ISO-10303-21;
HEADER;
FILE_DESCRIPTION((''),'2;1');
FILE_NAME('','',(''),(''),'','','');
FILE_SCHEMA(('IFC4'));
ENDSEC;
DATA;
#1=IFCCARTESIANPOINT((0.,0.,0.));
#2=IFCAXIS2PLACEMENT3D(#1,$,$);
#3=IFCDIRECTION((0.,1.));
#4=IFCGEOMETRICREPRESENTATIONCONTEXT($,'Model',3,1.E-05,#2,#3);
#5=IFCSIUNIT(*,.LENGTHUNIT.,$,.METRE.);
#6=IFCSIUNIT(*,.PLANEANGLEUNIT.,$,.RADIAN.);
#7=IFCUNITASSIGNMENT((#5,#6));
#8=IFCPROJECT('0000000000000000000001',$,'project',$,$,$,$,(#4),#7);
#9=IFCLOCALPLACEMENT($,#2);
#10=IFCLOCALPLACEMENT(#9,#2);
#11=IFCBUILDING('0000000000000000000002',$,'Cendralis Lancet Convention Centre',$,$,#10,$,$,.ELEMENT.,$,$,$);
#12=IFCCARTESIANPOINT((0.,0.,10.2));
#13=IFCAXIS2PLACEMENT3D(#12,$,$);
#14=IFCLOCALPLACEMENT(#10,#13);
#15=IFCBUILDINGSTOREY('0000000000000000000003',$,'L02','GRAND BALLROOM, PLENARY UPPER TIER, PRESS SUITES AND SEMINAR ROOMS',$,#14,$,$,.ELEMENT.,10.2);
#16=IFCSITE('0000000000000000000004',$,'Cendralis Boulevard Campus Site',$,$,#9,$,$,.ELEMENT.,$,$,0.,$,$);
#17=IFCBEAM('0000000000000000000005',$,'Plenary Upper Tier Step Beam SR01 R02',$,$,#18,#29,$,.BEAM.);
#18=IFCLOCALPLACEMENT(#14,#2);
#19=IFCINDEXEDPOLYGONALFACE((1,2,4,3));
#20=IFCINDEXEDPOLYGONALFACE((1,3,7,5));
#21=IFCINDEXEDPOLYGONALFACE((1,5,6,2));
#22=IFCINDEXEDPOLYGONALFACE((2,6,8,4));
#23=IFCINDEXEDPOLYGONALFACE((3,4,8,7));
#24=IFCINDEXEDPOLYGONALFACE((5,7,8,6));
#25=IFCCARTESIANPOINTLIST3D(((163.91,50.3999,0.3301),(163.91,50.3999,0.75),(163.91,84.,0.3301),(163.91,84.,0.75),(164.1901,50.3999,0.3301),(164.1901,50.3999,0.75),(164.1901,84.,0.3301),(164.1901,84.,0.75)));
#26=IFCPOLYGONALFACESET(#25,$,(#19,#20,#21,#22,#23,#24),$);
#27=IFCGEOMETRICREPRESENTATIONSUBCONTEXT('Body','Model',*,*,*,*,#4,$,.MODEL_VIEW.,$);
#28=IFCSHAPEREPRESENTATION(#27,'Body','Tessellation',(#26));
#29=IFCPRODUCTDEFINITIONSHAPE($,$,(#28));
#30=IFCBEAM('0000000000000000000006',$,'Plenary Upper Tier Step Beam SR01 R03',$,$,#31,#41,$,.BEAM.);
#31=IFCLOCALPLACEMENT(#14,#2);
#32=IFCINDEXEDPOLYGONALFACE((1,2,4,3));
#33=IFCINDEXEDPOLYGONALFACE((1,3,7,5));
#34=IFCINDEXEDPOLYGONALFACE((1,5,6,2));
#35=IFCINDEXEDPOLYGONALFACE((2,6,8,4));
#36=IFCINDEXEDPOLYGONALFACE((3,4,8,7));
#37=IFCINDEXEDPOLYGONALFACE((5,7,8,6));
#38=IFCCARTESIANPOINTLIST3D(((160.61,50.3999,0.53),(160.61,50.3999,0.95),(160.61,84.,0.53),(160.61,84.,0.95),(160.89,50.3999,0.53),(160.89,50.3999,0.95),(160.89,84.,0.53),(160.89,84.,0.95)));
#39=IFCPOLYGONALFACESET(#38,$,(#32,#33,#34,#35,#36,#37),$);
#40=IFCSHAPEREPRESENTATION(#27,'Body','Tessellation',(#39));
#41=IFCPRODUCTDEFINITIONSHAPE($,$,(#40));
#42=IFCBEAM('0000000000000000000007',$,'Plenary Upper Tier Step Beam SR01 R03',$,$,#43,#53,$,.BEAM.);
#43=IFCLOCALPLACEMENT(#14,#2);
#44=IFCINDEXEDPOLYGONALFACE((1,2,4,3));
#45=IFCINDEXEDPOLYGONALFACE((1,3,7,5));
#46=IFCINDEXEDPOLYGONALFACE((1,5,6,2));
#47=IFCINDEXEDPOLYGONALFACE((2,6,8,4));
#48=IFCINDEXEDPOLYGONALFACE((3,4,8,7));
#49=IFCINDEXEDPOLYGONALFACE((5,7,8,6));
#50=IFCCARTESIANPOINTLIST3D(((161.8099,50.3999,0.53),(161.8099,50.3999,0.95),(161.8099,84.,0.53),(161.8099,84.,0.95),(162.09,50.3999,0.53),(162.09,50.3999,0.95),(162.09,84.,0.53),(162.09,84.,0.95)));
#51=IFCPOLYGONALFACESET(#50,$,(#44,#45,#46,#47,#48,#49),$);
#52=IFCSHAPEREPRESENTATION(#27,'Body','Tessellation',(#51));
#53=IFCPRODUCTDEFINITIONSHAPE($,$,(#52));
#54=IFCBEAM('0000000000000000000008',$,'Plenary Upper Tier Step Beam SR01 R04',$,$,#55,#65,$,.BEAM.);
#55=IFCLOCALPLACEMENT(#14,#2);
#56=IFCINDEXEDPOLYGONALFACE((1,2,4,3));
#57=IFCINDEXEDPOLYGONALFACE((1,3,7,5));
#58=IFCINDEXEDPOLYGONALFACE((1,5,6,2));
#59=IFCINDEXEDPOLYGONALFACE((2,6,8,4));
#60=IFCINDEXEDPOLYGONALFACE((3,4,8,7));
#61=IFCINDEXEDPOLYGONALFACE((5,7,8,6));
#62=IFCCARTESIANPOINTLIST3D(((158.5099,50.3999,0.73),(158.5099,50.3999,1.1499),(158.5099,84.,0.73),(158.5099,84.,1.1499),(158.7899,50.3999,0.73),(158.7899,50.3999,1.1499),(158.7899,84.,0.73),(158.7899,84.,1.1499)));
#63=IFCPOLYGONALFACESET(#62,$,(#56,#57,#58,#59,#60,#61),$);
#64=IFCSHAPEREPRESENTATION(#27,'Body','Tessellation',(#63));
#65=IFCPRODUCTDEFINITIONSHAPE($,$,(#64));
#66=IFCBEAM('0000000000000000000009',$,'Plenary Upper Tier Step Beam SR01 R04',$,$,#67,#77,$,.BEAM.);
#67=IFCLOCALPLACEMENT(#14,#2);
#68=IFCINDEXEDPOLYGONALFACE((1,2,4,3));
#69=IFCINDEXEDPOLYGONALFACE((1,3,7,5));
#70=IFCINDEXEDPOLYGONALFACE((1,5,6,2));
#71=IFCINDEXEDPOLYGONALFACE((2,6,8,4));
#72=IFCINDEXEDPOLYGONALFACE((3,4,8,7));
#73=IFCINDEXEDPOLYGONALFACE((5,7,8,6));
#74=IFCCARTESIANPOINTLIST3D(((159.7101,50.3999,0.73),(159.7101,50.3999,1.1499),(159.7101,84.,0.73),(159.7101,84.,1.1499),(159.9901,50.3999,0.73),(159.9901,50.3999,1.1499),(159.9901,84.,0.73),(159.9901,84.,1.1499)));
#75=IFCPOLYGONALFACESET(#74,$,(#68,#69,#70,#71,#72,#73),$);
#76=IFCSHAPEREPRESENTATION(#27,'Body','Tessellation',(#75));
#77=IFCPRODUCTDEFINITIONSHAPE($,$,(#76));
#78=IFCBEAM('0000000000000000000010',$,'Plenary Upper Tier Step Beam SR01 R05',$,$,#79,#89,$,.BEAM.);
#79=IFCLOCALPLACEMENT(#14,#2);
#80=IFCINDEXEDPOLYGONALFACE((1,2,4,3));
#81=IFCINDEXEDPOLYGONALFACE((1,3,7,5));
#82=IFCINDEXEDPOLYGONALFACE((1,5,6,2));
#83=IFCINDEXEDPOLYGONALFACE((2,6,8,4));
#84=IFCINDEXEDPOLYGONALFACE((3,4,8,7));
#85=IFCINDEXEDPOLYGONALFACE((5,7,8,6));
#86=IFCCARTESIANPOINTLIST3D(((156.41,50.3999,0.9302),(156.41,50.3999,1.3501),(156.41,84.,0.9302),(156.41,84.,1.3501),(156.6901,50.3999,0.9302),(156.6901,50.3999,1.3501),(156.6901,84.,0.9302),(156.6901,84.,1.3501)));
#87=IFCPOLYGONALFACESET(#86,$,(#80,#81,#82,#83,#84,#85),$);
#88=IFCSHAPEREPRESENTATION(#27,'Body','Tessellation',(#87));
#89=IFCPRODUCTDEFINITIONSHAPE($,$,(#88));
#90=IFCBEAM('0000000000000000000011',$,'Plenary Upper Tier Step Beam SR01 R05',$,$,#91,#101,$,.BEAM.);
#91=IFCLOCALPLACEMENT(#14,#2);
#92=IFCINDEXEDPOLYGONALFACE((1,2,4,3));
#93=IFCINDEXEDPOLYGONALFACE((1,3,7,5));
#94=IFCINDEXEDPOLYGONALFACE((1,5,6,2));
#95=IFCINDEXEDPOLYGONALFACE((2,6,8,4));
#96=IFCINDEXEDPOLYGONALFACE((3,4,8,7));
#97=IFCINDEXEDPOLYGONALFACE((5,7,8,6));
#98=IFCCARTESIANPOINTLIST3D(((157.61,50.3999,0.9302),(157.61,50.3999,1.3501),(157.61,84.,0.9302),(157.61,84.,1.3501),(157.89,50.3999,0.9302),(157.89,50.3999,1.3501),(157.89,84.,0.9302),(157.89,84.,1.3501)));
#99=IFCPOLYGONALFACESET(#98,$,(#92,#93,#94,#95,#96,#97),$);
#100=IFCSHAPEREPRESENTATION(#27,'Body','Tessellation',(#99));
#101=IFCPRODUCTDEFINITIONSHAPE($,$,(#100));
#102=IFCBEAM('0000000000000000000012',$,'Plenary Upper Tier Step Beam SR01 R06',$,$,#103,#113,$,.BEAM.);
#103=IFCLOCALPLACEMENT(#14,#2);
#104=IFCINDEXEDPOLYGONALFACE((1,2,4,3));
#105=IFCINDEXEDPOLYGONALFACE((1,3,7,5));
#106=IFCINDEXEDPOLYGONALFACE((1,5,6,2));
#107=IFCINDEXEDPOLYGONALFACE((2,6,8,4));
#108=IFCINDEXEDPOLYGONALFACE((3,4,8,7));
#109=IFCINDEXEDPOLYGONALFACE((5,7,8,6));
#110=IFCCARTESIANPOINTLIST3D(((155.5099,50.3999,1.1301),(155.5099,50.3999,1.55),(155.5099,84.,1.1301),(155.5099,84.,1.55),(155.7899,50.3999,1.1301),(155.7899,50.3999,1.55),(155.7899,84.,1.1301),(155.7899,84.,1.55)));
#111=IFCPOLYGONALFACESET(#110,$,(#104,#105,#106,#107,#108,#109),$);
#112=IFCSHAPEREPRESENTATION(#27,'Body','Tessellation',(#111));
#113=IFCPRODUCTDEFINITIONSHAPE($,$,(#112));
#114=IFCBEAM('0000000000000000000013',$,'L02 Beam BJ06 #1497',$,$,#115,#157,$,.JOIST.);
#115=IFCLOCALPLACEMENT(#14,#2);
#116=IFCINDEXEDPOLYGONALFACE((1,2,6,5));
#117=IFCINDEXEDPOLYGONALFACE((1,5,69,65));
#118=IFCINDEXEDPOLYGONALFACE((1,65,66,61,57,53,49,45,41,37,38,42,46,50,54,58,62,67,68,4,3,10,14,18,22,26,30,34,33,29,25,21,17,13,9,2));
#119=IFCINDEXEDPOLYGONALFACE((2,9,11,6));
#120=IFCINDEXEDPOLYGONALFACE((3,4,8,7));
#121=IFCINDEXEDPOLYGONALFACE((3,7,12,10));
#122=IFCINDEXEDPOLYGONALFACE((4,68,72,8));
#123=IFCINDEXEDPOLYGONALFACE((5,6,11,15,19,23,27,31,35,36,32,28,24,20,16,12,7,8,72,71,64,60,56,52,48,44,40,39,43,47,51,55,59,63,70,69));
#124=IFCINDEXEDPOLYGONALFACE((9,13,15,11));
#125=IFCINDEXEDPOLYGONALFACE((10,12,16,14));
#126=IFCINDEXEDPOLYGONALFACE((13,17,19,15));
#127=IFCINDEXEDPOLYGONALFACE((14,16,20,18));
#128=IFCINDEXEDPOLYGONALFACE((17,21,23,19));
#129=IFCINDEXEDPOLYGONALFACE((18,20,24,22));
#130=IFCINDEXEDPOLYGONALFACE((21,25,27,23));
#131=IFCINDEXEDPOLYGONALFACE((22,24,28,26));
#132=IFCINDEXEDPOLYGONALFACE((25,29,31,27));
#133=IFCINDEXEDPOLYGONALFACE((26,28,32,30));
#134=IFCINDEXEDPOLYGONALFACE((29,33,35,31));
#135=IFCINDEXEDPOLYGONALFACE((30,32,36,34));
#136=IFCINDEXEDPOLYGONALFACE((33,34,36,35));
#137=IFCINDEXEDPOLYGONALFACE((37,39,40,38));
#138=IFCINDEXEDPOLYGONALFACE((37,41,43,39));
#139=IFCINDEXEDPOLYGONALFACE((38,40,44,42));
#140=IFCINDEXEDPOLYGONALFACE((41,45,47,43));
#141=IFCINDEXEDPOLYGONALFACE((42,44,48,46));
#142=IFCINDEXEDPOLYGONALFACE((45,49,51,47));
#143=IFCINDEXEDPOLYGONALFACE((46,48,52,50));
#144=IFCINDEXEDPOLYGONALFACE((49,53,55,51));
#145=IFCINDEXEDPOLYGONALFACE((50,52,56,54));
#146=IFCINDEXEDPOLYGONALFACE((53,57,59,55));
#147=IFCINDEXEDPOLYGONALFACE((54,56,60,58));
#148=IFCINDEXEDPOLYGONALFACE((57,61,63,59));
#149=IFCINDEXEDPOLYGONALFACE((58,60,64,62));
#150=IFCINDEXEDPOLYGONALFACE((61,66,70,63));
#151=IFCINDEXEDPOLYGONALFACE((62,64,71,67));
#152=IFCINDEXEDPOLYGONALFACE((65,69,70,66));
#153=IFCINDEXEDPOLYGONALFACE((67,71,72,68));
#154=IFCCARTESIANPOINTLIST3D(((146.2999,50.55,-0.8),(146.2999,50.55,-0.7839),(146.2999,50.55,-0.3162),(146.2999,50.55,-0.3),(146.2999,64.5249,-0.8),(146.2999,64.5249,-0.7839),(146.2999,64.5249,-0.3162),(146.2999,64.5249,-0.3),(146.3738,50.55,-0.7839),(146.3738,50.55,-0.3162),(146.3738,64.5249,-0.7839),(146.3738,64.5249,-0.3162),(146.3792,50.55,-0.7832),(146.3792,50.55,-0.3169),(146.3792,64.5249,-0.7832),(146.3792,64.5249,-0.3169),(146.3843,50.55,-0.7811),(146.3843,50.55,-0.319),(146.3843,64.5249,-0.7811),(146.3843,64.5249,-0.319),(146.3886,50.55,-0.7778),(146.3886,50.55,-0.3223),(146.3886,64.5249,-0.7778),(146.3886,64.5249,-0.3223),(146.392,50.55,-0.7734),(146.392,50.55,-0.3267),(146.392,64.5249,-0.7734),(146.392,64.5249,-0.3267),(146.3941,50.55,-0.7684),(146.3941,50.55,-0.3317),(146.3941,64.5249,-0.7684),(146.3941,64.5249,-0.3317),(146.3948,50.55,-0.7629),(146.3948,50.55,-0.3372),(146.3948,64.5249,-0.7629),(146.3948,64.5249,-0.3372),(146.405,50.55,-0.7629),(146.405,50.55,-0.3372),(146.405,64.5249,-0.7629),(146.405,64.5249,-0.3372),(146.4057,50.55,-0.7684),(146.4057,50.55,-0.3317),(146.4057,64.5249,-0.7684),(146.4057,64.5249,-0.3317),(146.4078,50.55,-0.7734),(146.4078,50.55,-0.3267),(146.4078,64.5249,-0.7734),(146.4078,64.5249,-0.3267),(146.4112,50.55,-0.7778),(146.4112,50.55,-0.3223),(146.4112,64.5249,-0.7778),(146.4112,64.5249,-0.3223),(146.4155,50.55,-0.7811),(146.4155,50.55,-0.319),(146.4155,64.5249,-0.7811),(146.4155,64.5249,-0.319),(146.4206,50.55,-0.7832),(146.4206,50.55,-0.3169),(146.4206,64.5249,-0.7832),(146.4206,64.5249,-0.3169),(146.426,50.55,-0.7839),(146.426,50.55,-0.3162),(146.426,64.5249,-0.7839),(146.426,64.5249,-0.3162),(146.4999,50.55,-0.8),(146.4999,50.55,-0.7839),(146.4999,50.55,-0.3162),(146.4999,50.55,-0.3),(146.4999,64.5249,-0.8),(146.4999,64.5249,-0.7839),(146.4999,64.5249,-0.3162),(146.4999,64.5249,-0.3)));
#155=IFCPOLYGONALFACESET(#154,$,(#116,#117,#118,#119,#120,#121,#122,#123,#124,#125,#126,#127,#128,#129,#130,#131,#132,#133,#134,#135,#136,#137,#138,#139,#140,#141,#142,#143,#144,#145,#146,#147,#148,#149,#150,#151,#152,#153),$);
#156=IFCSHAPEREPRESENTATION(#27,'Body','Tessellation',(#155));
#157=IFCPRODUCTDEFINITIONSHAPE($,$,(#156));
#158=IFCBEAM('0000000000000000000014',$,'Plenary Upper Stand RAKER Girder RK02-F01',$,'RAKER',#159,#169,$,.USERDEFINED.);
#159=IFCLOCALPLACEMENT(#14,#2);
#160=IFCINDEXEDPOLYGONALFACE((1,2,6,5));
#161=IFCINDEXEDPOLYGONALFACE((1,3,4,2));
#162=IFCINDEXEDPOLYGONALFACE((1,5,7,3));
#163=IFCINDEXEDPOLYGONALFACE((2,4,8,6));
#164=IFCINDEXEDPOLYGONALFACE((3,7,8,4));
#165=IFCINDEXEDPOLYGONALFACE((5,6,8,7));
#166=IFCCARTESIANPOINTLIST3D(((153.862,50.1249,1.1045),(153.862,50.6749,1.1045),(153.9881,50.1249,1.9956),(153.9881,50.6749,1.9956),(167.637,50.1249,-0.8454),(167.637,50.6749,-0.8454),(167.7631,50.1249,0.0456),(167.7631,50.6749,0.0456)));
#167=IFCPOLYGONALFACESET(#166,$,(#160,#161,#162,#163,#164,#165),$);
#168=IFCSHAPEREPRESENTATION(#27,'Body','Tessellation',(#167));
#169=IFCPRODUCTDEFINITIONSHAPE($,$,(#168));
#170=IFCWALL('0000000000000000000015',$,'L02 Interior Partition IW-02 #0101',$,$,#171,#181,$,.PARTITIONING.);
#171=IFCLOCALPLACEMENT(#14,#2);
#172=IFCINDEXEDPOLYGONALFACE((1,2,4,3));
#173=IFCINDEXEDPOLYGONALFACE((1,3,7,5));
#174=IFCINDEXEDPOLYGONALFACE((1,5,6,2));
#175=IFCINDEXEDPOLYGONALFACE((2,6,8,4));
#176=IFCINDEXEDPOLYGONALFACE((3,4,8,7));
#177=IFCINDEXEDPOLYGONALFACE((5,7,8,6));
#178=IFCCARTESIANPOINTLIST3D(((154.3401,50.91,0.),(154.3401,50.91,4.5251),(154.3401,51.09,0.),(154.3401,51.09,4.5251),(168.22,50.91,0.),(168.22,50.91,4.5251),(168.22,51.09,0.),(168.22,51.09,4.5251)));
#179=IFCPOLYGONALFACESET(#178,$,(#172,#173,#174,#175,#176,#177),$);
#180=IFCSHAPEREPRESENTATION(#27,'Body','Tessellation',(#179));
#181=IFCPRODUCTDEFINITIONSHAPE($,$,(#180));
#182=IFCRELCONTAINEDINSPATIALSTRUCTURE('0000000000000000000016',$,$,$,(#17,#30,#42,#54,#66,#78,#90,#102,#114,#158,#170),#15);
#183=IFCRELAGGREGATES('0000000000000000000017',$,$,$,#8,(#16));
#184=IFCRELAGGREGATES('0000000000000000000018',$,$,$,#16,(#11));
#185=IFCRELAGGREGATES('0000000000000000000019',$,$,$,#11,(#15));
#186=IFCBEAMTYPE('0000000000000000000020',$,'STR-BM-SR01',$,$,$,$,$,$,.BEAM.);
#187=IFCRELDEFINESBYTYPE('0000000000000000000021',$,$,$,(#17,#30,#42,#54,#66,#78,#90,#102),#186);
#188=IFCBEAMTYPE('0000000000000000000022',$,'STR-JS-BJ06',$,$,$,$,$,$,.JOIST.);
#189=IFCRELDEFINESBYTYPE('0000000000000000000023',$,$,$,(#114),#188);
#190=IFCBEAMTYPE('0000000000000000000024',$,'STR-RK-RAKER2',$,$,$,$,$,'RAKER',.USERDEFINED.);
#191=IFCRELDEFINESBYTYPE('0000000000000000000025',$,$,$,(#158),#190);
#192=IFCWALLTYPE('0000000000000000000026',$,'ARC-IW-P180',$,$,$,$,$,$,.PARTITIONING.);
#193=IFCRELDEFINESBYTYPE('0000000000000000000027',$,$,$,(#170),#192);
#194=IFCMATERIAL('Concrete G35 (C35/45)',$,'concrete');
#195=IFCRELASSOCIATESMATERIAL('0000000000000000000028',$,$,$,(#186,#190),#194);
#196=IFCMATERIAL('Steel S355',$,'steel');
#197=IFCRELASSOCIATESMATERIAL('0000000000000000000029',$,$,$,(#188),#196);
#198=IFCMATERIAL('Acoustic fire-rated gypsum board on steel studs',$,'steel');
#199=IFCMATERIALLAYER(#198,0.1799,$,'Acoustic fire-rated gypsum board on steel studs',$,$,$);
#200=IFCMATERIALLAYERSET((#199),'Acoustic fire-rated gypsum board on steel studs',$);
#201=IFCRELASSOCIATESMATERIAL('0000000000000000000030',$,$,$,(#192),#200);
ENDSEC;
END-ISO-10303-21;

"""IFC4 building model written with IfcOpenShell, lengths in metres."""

from ifc_helpers import new_model, si_unit, direction, frame, frame_2d, origin, origin_2d, place, context, subcontext, project, spatial, rectangle, i_section, extrude, material, layer, layer_set, material_profile, profile_set, type_object, element, save


model = new_model("IFC4")

# Units and contexts
model_context = context("Model", 3, precision=1e-05, world=origin(), true_north=direction((0.0, 1.0)))
body_context = subcontext(model_context, "Body", "Model", "MODEL_VIEW")
ifc_project = project(units=[si_unit("LENGTHUNIT", "METRE"), si_unit("PLANEANGLEUNIT", "RADIAN")], contexts=[model_context])

# Site, building, storey
site_placement = place(None, origin())
site = spatial("IfcSite", under=ifc_project, at=site_placement, Name="Cendralis Boulevard Campus Site", CompositionType="ELEMENT", RefElevation=0.0)
building_placement = place(site_placement, origin())
building = spatial("IfcBuilding", under=site, at=building_placement, Name="Cendralis Lancet Convention Centre", CompositionType="ELEMENT")
storey_placement = place(building_placement, frame((0.0, 0.0, 10.2)))
storey = spatial("IfcBuildingStorey", under=building, at=storey_placement, Name="L02", Description="GRAND BALLROOM, PLENARY UPPER TIER, PRESS SUITES AND SEMINAR ROOMS", CompositionType="ELEMENT", Elevation=10.2)

# Shared definitions
ifc_material_1 = material(Name="Steel S355", Category="steel")

# Beams
ifc_material_2 = material(Name="Concrete G35 (C35/45)", Category="concrete")
ifc_material_profile_1 = material_profile(ifc_material_2, rectangle(XDim=0.28, YDim=0.4199, at=origin_2d()), Name="RCB 280x420")
ifc_profile_set_1 = profile_set([ifc_material_profile_1], Name="Concrete G35 (C35/45)")
beam_type_1 = type_object("IfcBeamType", Name="STR-BM-SR01", PredefinedType="BEAM", material=ifc_profile_set_1)
for number, where, z_axis, x_axis, name in (
    (1, (164.05, 50.3999, 0.54), (0.0, 1.0, 0.0), (-1.0, 0.0, 0.0), "Plenary Upper Tier Step Beam SR01 R02"),
    (2, (160.75, 50.3999, 0.74), (0.0, 1.0, 0.0), (-1.0, 0.0, 0.0), "Plenary Upper Tier Step Beam SR01 R03"),
    (3, (161.95, 50.3999, 0.74), (0.0, 1.0, 0.0), (-1.0, 0.0, 0.0), "Plenary Upper Tier Step Beam SR01 R03"),
    (4, (158.6499, 50.3999, 0.9399), (0.0, 1.0, 0.0), (-1.0, 0.0, 0.0), "Plenary Upper Tier Step Beam SR01 R04"),
    (5, (159.8501, 50.3999, 0.9399), (0.0, 1.0, 0.0), (-1.0, 0.0, 0.0), "Plenary Upper Tier Step Beam SR01 R04"),
    (6, (156.55, 50.3999, 1.1401), (0.0, 1.0, 0.0), (-1.0, 0.0, 0.0), "Plenary Upper Tier Step Beam SR01 R05"),
    (7, (157.75, 50.3999, 1.1401), (0.0, 1.0, 0.0), (-1.0, 0.0, 0.0), "Plenary Upper Tier Step Beam SR01 R05"),
    (8, (155.6499, 50.3999, 1.3401), (0.0, 1.0, 0.0), (-1.0, 0.0, 0.0), "Plenary Upper Tier Step Beam SR01 R06"),
):
    element("IfcBeam", number, at=place(storey_placement, frame(where, z_axis=z_axis, x_axis=x_axis)), inside=storey, type_object=beam_type_1, Name=name, PredefinedType="BEAM", context=body_context, shape_type="SweptSolid", body=[
        extrude(rectangle(XDim=0.28, YDim=0.4199, at=origin_2d()), origin(), (0.0, 0.0, 1.0), 33.6001),
    ])
ifc_material_profile_2 = material_profile(ifc_material_1, i_section(OverallWidth=0.2, OverallDepth=0.5, WebThickness=0.0103, FlangeThickness=0.0161, FilletRadius=0.021, at=origin_2d()), Name="IPE 500")
ifc_profile_set_2 = profile_set([ifc_material_profile_2], Name="Steel S355")
beam_type_2 = type_object("IfcBeamType", Name="STR-JS-BJ06", PredefinedType="JOIST", material=ifc_profile_set_2)
beam_1_placement = place(storey_placement, frame((146.3999, 50.55, -0.55), z_axis=(0.0, 1.0, 0.0), x_axis=(-1.0, 0.0, 0.0)))
element("IfcBeam", 9, at=beam_1_placement, inside=storey, type_object=beam_type_2, Name="L02 Beam BJ06 #1497", PredefinedType="JOIST", context=body_context, shape_type="SweptSolid", body=[
    extrude(i_section(OverallWidth=0.2, OverallDepth=0.5, WebThickness=0.0103, FlangeThickness=0.0161, FilletRadius=0.021, at=origin_2d()), origin(), (0.0, 0.0, 1.0), 13.9749),
])
ifc_material_profile_3 = material_profile(ifc_material_2, rectangle(XDim=0.55, YDim=0.8999, at=origin_2d()), Name="RCB 550x900")
ifc_profile_set_3 = profile_set([ifc_material_profile_3], Name="Concrete G35 (C35/45)")
beam_type_3 = type_object("IfcBeamType", Name="STR-RK-RAKER2", ElementType="RAKER", PredefinedType="USERDEFINED", material=ifc_profile_set_3)
beam_2_placement = place(storey_placement, frame((153.925, 50.3999, 1.55), z_axis=(0.990129, 0.0, -0.140161), x_axis=(0.0, 1.0, 0.0)))
element("IfcBeam", 10, at=beam_2_placement, inside=storey, type_object=beam_type_3, Name="Plenary Upper Stand RAKER Girder RK02-F01", ObjectType="RAKER", PredefinedType="USERDEFINED", context=body_context, shape_type="SweptSolid", body=[
    extrude(rectangle(XDim=0.55, YDim=0.8999, at=origin_2d()), origin(), (0.0, 0.0, 1.0), 13.9124),
])

# Wall
ifc_material_3 = material(Name="Acoustic fire-rated gypsum board on steel studs", Category="steel")
ifc_layer = layer(ifc_material_3, 0.1799, Name="Acoustic fire-rated gypsum board on steel studs")
ifc_layer_set = layer_set([ifc_layer], Name="Acoustic fire-rated gypsum board on steel studs")
wall_type = type_object("IfcWallType", Name="ARC-IW-P180", PredefinedType="PARTITIONING", material=ifc_layer_set)
wall_placement = place(storey_placement, frame((154.3401, 51.0, 0.0), z_axis=(0.0, 0.0, 1.0), x_axis=(1.0, 0.0, 0.0)))
element("IfcWall", 11, at=wall_placement, inside=storey, type_object=wall_type, Name="L02 Interior Partition IW-02 #0101", PredefinedType="PARTITIONING", context=body_context, shape_type="SweptSolid", body=[
    extrude(rectangle(XDim=13.8799, YDim=0.1799, at=frame_2d((6.9399, 0.0))), origin(), (0.0, 0.0, 1.0), 4.5251),
])

save(model, "model.ifc")
